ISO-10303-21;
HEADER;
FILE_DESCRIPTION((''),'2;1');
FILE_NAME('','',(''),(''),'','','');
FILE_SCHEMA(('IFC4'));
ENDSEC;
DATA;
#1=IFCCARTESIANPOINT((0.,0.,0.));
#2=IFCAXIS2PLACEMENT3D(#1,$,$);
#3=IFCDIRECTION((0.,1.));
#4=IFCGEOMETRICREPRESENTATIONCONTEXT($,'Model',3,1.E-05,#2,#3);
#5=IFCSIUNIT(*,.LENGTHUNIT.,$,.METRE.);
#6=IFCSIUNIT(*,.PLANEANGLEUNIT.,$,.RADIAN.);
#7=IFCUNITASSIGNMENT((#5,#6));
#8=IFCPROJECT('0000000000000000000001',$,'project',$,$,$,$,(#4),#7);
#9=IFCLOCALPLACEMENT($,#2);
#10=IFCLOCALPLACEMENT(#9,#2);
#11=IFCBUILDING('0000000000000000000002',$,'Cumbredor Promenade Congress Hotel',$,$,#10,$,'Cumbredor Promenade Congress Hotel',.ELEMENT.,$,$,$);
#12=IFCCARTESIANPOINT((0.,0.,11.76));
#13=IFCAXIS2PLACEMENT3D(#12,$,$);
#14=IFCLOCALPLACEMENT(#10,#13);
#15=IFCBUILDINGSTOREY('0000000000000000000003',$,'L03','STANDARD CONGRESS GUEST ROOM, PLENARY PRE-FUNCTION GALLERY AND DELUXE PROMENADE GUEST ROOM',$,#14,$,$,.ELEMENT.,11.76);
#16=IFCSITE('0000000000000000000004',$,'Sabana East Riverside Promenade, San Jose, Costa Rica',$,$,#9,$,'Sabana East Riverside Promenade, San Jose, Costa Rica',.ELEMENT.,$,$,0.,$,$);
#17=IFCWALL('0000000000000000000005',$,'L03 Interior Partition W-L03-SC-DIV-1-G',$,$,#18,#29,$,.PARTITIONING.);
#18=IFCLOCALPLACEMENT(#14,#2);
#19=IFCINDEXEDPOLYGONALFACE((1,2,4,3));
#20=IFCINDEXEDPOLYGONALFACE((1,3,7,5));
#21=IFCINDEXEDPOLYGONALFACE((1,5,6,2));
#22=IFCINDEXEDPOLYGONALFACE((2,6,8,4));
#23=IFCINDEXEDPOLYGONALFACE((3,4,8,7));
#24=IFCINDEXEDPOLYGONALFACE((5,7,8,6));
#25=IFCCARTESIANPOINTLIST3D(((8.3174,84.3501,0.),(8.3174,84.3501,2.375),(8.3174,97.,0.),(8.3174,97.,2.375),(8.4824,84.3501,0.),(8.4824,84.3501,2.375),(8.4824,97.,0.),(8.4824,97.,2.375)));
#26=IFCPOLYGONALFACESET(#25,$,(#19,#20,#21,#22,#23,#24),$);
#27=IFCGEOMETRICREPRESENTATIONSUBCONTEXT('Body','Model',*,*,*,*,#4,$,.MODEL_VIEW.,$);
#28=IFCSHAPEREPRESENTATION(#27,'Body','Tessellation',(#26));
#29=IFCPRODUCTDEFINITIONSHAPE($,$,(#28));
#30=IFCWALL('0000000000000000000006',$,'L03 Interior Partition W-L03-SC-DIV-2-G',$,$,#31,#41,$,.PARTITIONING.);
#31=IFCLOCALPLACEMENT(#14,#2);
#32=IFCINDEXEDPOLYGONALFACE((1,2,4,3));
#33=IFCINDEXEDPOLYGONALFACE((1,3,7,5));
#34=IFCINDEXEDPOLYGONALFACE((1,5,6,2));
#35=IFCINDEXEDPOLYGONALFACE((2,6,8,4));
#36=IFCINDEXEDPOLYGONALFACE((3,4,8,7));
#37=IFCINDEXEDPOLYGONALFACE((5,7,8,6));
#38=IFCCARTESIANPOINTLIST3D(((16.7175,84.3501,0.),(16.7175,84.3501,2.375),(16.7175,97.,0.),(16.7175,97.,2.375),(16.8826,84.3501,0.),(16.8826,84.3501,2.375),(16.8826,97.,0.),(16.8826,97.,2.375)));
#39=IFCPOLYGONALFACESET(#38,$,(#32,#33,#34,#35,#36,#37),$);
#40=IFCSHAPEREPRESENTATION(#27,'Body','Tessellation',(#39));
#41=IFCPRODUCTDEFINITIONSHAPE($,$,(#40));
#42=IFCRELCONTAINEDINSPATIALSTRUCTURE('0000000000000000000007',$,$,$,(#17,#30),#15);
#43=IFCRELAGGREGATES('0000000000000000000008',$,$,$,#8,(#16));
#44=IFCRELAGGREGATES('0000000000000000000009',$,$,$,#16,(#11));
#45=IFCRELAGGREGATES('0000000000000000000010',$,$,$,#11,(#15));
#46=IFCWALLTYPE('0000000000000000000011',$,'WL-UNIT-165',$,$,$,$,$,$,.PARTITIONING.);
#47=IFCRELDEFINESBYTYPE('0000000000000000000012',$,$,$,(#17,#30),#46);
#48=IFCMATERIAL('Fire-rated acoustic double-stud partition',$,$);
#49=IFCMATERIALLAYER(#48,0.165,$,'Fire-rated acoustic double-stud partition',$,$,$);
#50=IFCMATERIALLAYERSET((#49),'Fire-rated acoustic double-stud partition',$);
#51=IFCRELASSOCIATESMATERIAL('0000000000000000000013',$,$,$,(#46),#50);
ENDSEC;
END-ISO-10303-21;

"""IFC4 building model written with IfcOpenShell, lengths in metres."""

from ifc_helpers import new_model, si_unit, direction, frame, frame_2d, origin, place, context, subcontext, project, spatial, rectangle, extrude, material, layer, layer_set, type_object, element, save


model = new_model("IFC4")

# Units and contexts
model_context = context("Model", 3, precision=1e-05, world=origin(), true_north=direction((0.0, 1.0)))
body_context = subcontext(model_context, "Body", "Model", "MODEL_VIEW")
ifc_project = project(units=[si_unit("LENGTHUNIT", "METRE"), si_unit("PLANEANGLEUNIT", "RADIAN")], contexts=[model_context])

# Site, building, storey
site_placement = place(None, origin())
site = spatial("IfcSite", under=ifc_project, at=site_placement, Name="Sabana East Riverside Promenade, San Jose, Costa Rica", LongName="Sabana East Riverside Promenade, San Jose, Costa Rica", CompositionType="ELEMENT", RefElevation=0.0)
building_placement = place(site_placement, origin())
building = spatial("IfcBuilding", under=site, at=building_placement, Name="Cumbredor Promenade Congress Hotel", LongName="Cumbredor Promenade Congress Hotel", CompositionType="ELEMENT")
storey_placement = place(building_placement, frame((0.0, 0.0, 11.76)))
storey = spatial("IfcBuildingStorey", under=building, at=storey_placement, Name="L03", Description="STANDARD CONGRESS GUEST ROOM, PLENARY PRE-FUNCTION GALLERY AND DELUXE PROMENADE GUEST ROOM", CompositionType="ELEMENT", Elevation=11.76)

# Walls
ifc_material_1 = material(Name="Fire-rated acoustic double-stud partition")
ifc_layer_1 = layer(ifc_material_1, 0.165, Name="Fire-rated acoustic double-stud partition")
ifc_layer_set_1 = layer_set([ifc_layer_1], Name="Fire-rated acoustic double-stud partition")
wall_type_1 = type_object("IfcWallType", Name="WL-UNIT-165", PredefinedType="PARTITIONING", material=ifc_layer_set_1)
for number, where, z_axis, x_axis, name in (
    (1, (8.3999, 84.3501, 0.0), (0.0, 0.0, 1.0), (0.0, 1.0, 0.0), "L03 Interior Partition W-L03-SC-DIV-1-G"),
    (2, (16.8, 84.3501, 0.0), (0.0, 0.0, 1.0), (0.0, 1.0, 0.0), "L03 Interior Partition W-L03-SC-DIV-2-G"),
):
    element("IfcWall", number, at=place(storey_placement, frame(where, z_axis=z_axis, x_axis=x_axis)), inside=storey, type_object=wall_type_1, Name=name, PredefinedType="PARTITIONING", context=body_context, shape_type="SweptSolid", body=[
        extrude(rectangle(XDim=12.6499, YDim=0.165, at=frame_2d((6.325, 0.0))), origin(), (0.0, 0.0, 1.0), 2.375),
    ])

save(model, "model.ifc")
